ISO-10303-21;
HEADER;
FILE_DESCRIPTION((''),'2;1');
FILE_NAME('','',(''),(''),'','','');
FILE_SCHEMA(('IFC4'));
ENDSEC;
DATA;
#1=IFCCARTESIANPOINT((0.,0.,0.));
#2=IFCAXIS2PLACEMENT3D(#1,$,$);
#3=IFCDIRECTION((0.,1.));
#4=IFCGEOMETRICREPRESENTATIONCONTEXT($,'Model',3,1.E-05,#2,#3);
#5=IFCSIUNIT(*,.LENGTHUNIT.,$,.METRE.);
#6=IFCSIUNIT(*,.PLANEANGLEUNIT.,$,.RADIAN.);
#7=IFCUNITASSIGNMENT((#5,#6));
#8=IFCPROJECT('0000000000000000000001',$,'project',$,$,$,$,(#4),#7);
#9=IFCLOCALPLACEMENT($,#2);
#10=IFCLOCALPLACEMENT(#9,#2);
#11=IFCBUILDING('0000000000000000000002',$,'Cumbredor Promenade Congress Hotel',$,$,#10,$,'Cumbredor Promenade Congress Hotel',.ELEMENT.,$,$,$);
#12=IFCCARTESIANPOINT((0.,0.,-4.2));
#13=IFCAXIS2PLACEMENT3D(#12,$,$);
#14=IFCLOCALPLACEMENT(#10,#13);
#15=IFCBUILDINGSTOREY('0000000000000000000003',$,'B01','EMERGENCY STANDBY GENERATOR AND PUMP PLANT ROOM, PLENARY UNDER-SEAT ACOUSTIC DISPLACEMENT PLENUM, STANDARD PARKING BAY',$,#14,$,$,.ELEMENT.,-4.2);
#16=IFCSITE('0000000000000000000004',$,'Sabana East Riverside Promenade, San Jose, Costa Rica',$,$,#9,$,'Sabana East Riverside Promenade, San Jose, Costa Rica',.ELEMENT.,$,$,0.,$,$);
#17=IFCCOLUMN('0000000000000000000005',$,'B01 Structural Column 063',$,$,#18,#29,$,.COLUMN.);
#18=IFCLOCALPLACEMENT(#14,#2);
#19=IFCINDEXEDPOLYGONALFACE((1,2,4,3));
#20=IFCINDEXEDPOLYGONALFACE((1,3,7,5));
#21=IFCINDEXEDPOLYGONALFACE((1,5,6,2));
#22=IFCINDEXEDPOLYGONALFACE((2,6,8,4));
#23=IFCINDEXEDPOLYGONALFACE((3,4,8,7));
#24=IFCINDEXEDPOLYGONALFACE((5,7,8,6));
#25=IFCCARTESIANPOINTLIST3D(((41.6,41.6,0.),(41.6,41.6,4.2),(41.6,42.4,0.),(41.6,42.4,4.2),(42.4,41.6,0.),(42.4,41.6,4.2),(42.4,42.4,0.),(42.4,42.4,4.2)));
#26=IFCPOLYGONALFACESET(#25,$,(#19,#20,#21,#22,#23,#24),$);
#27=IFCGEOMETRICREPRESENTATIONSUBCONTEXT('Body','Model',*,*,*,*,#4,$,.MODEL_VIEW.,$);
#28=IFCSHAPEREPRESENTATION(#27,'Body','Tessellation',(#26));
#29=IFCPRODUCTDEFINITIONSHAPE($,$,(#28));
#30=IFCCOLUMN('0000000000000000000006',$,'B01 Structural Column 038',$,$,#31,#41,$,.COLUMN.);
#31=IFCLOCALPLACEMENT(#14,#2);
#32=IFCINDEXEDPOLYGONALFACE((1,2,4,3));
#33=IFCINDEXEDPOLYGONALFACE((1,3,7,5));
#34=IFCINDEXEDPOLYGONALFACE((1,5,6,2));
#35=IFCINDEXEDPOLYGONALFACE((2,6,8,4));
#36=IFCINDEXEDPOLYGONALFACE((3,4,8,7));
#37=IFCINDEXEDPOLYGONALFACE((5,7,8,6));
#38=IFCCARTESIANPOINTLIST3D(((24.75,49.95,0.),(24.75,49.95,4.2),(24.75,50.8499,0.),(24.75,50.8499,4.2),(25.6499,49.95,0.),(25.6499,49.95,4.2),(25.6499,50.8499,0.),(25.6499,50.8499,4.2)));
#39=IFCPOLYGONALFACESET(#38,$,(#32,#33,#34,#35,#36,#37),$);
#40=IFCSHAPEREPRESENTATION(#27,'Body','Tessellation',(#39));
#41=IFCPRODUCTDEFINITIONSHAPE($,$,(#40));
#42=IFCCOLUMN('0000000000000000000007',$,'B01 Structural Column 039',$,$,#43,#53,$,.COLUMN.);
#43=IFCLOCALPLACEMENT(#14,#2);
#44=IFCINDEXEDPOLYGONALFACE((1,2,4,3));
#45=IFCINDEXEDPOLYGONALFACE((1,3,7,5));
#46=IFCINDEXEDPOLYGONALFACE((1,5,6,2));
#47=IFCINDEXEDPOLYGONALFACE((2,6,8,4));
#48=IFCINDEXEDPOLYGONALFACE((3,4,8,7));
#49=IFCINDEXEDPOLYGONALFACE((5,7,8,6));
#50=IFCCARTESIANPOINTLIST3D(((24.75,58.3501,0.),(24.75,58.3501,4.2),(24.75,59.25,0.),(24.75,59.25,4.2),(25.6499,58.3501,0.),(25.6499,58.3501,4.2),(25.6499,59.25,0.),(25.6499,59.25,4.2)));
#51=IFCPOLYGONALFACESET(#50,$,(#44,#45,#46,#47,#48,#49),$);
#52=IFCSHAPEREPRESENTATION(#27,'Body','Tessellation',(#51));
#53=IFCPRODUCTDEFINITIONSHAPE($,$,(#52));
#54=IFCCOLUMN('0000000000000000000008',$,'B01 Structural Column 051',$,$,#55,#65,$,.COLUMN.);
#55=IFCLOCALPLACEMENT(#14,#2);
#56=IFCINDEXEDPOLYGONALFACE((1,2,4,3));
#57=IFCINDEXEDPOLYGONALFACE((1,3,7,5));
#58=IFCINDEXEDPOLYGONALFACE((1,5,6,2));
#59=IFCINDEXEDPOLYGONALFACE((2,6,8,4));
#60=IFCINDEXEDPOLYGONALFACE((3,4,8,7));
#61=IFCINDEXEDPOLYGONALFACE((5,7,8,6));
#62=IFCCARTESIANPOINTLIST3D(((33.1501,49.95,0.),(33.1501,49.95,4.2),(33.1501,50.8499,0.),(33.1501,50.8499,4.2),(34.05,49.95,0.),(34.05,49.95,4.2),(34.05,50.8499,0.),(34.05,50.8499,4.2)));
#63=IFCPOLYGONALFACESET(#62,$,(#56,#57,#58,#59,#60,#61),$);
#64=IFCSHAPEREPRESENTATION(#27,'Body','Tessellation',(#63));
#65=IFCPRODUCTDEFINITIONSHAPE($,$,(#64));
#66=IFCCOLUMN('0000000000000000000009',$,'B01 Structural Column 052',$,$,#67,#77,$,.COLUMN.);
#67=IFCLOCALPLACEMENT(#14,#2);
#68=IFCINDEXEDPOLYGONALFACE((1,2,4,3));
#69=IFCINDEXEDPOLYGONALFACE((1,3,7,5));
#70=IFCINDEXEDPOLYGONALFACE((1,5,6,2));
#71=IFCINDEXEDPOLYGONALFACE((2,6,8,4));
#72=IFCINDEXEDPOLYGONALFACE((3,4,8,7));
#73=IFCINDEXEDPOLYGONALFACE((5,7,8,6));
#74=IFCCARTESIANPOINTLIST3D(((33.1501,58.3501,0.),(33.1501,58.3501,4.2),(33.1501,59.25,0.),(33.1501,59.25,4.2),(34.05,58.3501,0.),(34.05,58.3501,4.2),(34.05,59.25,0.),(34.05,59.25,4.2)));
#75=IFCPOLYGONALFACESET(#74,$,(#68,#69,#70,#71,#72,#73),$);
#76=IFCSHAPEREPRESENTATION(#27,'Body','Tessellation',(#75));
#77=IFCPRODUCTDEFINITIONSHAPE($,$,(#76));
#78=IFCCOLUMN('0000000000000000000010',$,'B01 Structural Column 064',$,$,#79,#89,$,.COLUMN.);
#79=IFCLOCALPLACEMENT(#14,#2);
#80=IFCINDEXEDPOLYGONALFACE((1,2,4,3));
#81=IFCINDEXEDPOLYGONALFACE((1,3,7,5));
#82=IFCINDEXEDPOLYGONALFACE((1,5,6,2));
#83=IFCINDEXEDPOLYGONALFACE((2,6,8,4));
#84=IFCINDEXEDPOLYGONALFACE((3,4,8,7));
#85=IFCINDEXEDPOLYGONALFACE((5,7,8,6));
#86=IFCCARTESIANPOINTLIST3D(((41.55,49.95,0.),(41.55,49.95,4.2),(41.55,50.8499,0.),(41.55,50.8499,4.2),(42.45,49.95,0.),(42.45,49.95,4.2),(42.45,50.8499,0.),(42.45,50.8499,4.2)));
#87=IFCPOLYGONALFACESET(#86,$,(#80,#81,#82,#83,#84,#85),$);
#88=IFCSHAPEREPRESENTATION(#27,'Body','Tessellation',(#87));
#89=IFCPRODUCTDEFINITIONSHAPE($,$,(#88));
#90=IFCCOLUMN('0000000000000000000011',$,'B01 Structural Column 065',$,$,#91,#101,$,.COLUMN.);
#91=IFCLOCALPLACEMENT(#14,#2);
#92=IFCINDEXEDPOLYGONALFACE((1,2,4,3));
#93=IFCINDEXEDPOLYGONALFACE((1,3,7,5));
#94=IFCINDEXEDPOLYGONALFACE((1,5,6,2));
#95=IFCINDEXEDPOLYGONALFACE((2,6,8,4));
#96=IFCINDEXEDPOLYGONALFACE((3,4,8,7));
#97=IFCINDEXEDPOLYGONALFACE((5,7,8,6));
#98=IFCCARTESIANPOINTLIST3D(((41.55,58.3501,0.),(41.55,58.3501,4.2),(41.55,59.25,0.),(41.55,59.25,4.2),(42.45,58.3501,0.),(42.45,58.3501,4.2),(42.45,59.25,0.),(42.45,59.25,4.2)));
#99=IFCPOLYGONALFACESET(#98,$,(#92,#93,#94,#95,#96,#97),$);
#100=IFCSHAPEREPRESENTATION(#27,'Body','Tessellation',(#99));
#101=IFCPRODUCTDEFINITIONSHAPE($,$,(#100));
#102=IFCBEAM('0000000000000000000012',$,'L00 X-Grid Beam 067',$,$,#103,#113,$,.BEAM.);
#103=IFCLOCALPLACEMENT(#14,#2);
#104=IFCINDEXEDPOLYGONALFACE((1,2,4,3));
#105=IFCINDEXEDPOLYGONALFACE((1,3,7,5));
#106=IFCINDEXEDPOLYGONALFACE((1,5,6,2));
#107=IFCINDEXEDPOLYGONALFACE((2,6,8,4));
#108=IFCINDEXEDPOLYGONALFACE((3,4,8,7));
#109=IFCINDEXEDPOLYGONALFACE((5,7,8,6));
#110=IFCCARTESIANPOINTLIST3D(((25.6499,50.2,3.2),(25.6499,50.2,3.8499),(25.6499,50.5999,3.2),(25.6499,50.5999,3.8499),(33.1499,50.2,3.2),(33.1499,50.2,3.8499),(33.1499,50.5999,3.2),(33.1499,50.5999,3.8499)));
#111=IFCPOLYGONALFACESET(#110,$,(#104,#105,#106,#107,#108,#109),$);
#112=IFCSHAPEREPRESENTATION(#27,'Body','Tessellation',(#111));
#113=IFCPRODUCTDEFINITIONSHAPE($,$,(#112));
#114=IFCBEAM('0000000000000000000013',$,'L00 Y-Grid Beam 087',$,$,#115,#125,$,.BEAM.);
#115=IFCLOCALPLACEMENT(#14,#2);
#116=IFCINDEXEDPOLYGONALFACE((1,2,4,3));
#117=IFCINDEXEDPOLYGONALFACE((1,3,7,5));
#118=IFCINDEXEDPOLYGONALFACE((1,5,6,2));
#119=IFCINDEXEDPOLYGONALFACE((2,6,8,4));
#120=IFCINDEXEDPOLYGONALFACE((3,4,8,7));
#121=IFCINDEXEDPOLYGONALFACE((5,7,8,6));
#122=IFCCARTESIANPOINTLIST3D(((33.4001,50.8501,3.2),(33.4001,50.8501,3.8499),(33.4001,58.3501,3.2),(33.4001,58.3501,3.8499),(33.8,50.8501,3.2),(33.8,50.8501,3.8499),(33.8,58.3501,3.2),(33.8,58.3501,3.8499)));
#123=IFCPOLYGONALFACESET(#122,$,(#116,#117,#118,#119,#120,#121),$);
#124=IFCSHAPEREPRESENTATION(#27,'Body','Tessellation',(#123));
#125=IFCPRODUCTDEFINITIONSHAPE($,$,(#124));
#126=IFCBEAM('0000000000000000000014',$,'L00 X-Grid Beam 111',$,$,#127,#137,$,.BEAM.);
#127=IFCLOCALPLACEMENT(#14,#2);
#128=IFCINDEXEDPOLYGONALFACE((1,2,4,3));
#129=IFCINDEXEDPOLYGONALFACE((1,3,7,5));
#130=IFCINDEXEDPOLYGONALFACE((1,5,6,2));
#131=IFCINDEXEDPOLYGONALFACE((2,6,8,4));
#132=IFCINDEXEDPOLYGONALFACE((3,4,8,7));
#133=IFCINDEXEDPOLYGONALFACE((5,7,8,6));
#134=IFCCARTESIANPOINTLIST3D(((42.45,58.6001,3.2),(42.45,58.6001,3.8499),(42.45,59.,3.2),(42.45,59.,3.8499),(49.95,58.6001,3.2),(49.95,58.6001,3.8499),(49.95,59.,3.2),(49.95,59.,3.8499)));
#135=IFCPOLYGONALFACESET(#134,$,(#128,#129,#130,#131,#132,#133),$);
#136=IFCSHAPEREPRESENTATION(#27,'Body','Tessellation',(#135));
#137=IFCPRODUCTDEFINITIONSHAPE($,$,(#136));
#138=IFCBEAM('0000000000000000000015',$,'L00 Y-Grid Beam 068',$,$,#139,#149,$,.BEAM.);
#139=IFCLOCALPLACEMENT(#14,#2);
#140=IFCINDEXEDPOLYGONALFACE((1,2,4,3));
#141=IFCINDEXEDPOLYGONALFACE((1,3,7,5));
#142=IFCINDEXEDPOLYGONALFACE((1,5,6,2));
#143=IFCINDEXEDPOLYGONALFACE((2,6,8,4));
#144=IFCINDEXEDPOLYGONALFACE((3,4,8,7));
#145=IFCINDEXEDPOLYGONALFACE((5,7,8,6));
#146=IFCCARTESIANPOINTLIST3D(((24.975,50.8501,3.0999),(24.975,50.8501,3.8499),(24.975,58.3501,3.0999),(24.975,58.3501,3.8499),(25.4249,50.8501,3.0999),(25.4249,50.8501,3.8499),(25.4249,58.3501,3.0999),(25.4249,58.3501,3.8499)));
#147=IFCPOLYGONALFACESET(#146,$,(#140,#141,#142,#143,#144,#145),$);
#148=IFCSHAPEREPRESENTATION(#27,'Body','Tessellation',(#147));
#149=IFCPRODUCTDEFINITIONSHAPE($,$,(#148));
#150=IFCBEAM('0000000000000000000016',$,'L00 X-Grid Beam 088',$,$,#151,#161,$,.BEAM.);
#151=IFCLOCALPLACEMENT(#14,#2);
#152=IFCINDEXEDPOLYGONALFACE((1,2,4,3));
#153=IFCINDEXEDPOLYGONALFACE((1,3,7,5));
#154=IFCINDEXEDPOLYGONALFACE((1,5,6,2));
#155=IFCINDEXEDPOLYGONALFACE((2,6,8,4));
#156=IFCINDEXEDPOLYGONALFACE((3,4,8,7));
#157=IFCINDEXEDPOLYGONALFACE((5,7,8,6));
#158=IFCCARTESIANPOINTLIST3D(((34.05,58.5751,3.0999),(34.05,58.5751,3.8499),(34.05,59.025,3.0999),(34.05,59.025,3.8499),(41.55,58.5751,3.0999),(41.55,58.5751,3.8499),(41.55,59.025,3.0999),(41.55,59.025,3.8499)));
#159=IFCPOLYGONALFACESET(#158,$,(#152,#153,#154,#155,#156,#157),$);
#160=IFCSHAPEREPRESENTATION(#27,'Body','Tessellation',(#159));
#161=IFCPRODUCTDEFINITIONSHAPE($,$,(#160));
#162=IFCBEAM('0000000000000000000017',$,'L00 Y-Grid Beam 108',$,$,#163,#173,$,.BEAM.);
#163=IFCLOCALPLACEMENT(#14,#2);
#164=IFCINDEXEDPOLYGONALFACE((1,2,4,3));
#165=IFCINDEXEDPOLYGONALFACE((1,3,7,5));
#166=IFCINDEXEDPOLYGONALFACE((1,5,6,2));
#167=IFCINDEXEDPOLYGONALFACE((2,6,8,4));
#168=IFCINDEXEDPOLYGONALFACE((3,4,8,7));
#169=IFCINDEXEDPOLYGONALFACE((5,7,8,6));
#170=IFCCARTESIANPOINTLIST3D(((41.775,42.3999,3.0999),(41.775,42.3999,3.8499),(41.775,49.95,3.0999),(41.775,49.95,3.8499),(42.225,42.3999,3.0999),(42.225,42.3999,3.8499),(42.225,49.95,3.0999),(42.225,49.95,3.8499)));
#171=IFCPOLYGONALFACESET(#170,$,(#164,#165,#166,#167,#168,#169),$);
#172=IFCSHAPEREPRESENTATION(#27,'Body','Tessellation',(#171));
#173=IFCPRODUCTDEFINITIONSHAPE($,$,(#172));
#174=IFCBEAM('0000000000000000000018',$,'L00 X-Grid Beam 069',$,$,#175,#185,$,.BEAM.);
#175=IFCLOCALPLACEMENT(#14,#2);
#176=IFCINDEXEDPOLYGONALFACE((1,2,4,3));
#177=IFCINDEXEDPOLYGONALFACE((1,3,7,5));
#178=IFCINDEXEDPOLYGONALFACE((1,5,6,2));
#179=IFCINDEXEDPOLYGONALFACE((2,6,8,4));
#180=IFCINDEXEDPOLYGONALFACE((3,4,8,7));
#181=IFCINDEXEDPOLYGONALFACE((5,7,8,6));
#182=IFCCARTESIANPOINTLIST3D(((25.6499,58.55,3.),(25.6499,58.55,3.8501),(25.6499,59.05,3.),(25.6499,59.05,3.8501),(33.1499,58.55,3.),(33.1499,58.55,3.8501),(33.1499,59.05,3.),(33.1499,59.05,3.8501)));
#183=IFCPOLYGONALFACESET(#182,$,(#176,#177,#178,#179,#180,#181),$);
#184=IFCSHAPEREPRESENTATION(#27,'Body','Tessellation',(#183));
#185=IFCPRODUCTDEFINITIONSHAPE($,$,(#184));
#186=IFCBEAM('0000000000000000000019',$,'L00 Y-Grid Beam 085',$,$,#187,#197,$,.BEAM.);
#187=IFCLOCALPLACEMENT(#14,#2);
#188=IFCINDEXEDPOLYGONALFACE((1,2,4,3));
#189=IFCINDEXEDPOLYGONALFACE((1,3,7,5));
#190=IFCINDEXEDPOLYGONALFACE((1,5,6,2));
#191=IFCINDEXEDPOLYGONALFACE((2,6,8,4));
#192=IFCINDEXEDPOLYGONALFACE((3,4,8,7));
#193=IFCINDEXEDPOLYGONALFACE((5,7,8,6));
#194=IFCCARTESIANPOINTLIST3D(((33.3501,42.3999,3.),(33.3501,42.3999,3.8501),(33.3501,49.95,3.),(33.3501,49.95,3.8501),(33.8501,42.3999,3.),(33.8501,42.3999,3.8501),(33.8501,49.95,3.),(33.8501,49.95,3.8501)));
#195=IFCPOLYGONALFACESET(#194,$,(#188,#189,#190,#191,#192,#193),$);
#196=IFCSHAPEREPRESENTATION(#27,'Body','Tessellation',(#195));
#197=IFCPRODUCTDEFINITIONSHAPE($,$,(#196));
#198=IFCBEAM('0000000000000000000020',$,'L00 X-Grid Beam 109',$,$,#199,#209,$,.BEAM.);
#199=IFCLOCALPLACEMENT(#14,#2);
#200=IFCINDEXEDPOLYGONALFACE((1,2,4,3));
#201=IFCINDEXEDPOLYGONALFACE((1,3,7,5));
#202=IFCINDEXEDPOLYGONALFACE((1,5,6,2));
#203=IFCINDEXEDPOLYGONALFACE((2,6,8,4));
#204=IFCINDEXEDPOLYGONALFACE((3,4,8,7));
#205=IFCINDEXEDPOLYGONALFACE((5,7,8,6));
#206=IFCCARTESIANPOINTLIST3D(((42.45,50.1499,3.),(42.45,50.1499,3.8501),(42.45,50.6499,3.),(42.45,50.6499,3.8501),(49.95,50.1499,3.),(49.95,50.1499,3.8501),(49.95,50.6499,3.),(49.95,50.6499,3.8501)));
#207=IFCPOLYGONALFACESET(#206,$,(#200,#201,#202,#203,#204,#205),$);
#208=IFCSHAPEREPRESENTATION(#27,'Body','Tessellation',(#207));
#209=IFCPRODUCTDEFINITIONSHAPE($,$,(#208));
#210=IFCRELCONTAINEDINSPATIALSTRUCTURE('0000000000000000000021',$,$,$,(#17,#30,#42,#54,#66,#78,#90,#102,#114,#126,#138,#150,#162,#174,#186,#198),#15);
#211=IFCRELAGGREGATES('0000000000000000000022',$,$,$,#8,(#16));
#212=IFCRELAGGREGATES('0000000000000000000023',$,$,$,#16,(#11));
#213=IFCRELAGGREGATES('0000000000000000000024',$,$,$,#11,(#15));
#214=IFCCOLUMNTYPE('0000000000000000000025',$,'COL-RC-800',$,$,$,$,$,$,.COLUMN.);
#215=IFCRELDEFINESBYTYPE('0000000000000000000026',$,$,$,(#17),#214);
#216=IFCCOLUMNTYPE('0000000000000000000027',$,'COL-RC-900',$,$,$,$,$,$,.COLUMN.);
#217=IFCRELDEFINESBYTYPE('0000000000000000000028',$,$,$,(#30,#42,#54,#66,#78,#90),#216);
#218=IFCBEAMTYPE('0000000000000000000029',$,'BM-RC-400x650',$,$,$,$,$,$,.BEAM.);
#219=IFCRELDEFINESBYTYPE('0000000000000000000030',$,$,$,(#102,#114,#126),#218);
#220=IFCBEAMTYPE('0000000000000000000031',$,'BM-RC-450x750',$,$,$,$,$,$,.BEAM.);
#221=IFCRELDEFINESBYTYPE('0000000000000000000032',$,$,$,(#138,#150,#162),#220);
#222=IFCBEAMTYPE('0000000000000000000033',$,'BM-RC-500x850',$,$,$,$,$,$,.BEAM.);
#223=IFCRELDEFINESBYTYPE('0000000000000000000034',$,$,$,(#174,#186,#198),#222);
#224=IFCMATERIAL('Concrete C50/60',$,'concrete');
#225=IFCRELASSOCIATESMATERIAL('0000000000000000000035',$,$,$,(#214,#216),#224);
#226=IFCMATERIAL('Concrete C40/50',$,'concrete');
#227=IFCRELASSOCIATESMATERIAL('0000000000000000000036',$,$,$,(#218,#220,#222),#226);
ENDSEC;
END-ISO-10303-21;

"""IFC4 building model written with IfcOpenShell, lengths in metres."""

from ifc_helpers import new_model, si_unit, direction, frame, origin, origin_2d, place, context, subcontext, project, spatial, rectangle, extrude, material, material_profile, profile_set, type_object, element, save


model = new_model("IFC4")

# Units and contexts
model_context = context("Model", 3, precision=1e-05, world=origin(), true_north=direction((0.0, 1.0)))
body_context = subcontext(model_context, "Body", "Model", "MODEL_VIEW")
ifc_project = project(units=[si_unit("LENGTHUNIT", "METRE"), si_unit("PLANEANGLEUNIT", "RADIAN")], contexts=[model_context])

# Site, building, storey
site_placement = place(None, origin())
site = spatial("IfcSite", under=ifc_project, at=site_placement, Name="Sabana East Riverside Promenade, San Jose, Costa Rica", LongName="Sabana East Riverside Promenade, San Jose, Costa Rica", CompositionType="ELEMENT", RefElevation=0.0)
building_placement = place(site_placement, origin())
building = spatial("IfcBuilding", under=site, at=building_placement, Name="Cumbredor Promenade Congress Hotel", LongName="Cumbredor Promenade Congress Hotel", CompositionType="ELEMENT")
storey_placement = place(building_placement, frame((0.0, 0.0, -4.2)))
storey = spatial("IfcBuildingStorey", under=building, at=storey_placement, Name="B01", Description="EMERGENCY STANDBY GENERATOR AND PUMP PLANT ROOM, PLENARY UNDER-SEAT ACOUSTIC DISPLACEMENT PLENUM, STANDARD PARKING BAY", CompositionType="ELEMENT", Elevation=-4.2)

# Columns
ifc_material_1 = material(Name="Concrete C50/60", Category="concrete")
ifc_material_profile_1 = material_profile(ifc_material_1, rectangle(XDim=0.8, YDim=0.8, at=origin_2d()), Name="RC 800x800")
ifc_profile_set_1 = profile_set([ifc_material_profile_1], Name="Concrete C50/60")
column_type_1 = type_object("IfcColumnType", Name="COL-RC-800", PredefinedType="COLUMN", material=ifc_profile_set_1)
column_placement = place(storey_placement, frame((42.0, 42.0, 0.0), z_axis=(0.0, 0.0, 1.0), x_axis=(1.0, 0.0, 0.0)))
element("IfcColumn", 1, at=column_placement, inside=storey, type_object=column_type_1, Name="B01 Structural Column 063", PredefinedType="COLUMN", context=body_context, shape_type="SweptSolid", body=[
    extrude(rectangle(XDim=0.8, YDim=0.8, at=origin_2d()), origin(), (0.0, 0.0, 1.0), 4.2),
])
ifc_material_profile_2 = material_profile(ifc_material_1, rectangle(XDim=0.8999, YDim=0.8999, at=origin_2d()), Name="RC 900x900")
ifc_profile_set_2 = profile_set([ifc_material_profile_2], Name="Concrete C50/60")
column_type_2 = type_object("IfcColumnType", Name="COL-RC-900", PredefinedType="COLUMN", material=ifc_profile_set_2)
for number, where, z_axis, x_axis, name in (
    (2, (25.2, 50.3999, 0.0), (0.0, 0.0, 1.0), (1.0, 0.0, 0.0), "B01 Structural Column 038"),
    (3, (25.2, 58.8, 0.0), (0.0, 0.0, 1.0), (1.0, 0.0, 0.0), "B01 Structural Column 039"),
    (4, (33.6001, 50.3999, 0.0), (0.0, 0.0, 1.0), (1.0, 0.0, 0.0), "B01 Structural Column 051"),
    (5, (33.6001, 58.8, 0.0), (0.0, 0.0, 1.0), (1.0, 0.0, 0.0), "B01 Structural Column 052"),
    (6, (42.0, 50.3999, 0.0), (0.0, 0.0, 1.0), (1.0, 0.0, 0.0), "B01 Structural Column 064"),
    (7, (42.0, 58.8, 0.0), (0.0, 0.0, 1.0), (1.0, 0.0, 0.0), "B01 Structural Column 065"),
):
    element("IfcColumn", number, at=place(storey_placement, frame(where, z_axis=z_axis, x_axis=x_axis)), inside=storey, type_object=column_type_2, Name=name, PredefinedType="COLUMN", context=body_context, shape_type="SweptSolid", body=[
        extrude(rectangle(XDim=0.8999, YDim=0.8999, at=origin_2d()), origin(), (0.0, 0.0, 1.0), 4.2),
    ])

# Beams
ifc_material_2 = material(Name="Concrete C40/50", Category="concrete")
ifc_material_profile_3 = material_profile(ifc_material_2, rectangle(XDim=0.3999, YDim=0.6499, at=origin_2d()), Name="RC BEAM 400x650")
ifc_profile_set_3 = profile_set([ifc_material_profile_3], Name="Concrete C40/50")
beam_type_1 = type_object("IfcBeamType", Name="BM-RC-400x650", PredefinedType="BEAM", material=ifc_profile_set_3)
for number, where, z_axis, x_axis, name in (
    (8, (25.6499, 50.3999, 3.5249), (1.0, 0.0, 0.0), (0.0, 1.0, 0.0), "L00 X-Grid Beam 067"),
    (9, (33.6001, 50.8501, 3.5249), (0.0, 1.0, 0.0), (-1.0, 0.0, 0.0), "L00 Y-Grid Beam 087"),
    (10, (42.45, 58.8, 3.5249), (1.0, 0.0, 0.0), (0.0, 1.0, 0.0), "L00 X-Grid Beam 111"),
):
    element("IfcBeam", number, at=place(storey_placement, frame(where, z_axis=z_axis, x_axis=x_axis)), inside=storey, type_object=beam_type_1, Name=name, PredefinedType="BEAM", context=body_context, shape_type="SweptSolid", body=[
        extrude(rectangle(XDim=0.3999, YDim=0.6499, at=origin_2d()), origin(), (0.0, 0.0, 1.0), 7.5),
    ])
ifc_material_profile_4 = material_profile(ifc_material_2, rectangle(XDim=0.45, YDim=0.75, at=origin_2d()), Name="RC BEAM 450x750")
ifc_profile_set_4 = profile_set([ifc_material_profile_4], Name="Concrete C40/50")
beam_type_2 = type_object("IfcBeamType", Name="BM-RC-450x750", PredefinedType="BEAM", material=ifc_profile_set_4)
for number, where, z_axis, x_axis, name in (
    (11, (25.2, 50.8501, 3.4749), (0.0, 1.0, 0.0), (-1.0, 0.0, 0.0), "L00 Y-Grid Beam 068"),
    (12, (34.05, 58.8, 3.4749), (1.0, 0.0, 0.0), (0.0, 1.0, 0.0), "L00 X-Grid Beam 088"),
):
    element("IfcBeam", number, at=place(storey_placement, frame(where, z_axis=z_axis, x_axis=x_axis)), inside=storey, type_object=beam_type_2, Name=name, PredefinedType="BEAM", context=body_context, shape_type="SweptSolid", body=[
        extrude(rectangle(XDim=0.45, YDim=0.75, at=origin_2d()), origin(), (0.0, 0.0, 1.0), 7.5),
    ])
beam_1_placement = place(storey_placement, frame((42.0, 42.3999, 3.4749), z_axis=(0.0, 1.0, 0.0), x_axis=(-1.0, 0.0, 0.0)))
element("IfcBeam", 13, at=beam_1_placement, inside=storey, type_object=beam_type_2, Name="L00 Y-Grid Beam 108", PredefinedType="BEAM", context=body_context, shape_type="SweptSolid", body=[
    extrude(rectangle(XDim=0.45, YDim=0.75, at=origin_2d()), origin(), (0.0, 0.0, 1.0), 7.55),
])
ifc_material_profile_5 = material_profile(ifc_material_2, rectangle(XDim=0.5, YDim=0.8501, at=origin_2d()), Name="RC BEAM 500x850")
ifc_profile_set_5 = profile_set([ifc_material_profile_5], Name="Concrete C40/50")
beam_type_3 = type_object("IfcBeamType", Name="BM-RC-500x850", PredefinedType="BEAM", material=ifc_profile_set_5)
beam_2_placement = place(storey_placement, frame((25.6499, 58.8, 3.425), z_axis=(1.0, 0.0, 0.0), x_axis=(0.0, 1.0, 0.0)))
element("IfcBeam", 14, at=beam_2_placement, inside=storey, type_object=beam_type_3, Name="L00 X-Grid Beam 069", PredefinedType="BEAM", context=body_context, shape_type="SweptSolid", body=[
    extrude(rectangle(XDim=0.5, YDim=0.8501, at=origin_2d()), origin(), (0.0, 0.0, 1.0), 7.5),
])
beam_3_placement = place(storey_placement, frame((33.6001, 42.3999, 3.425), z_axis=(0.0, 1.0, 0.0), x_axis=(-1.0, 0.0, 0.0)))
element("IfcBeam", 15, at=beam_3_placement, inside=storey, type_object=beam_type_3, Name="L00 Y-Grid Beam 085", PredefinedType="BEAM", context=body_context, shape_type="SweptSolid", body=[
    extrude(rectangle(XDim=0.5, YDim=0.8501, at=origin_2d()), origin(), (0.0, 0.0, 1.0), 7.55),
])
beam_4_placement = place(storey_placement, frame((42.45, 50.3999, 3.425), z_axis=(1.0, 0.0, 0.0), x_axis=(0.0, 1.0, 0.0)))
element("IfcBeam", 16, at=beam_4_placement, inside=storey, type_object=beam_type_3, Name="L00 X-Grid Beam 109", PredefinedType="BEAM", context=body_context, shape_type="SweptSolid", body=[
    extrude(rectangle(XDim=0.5, YDim=0.8501, at=origin_2d()), origin(), (0.0, 0.0, 1.0), 7.5),
])

save(model, "model.ifc")
